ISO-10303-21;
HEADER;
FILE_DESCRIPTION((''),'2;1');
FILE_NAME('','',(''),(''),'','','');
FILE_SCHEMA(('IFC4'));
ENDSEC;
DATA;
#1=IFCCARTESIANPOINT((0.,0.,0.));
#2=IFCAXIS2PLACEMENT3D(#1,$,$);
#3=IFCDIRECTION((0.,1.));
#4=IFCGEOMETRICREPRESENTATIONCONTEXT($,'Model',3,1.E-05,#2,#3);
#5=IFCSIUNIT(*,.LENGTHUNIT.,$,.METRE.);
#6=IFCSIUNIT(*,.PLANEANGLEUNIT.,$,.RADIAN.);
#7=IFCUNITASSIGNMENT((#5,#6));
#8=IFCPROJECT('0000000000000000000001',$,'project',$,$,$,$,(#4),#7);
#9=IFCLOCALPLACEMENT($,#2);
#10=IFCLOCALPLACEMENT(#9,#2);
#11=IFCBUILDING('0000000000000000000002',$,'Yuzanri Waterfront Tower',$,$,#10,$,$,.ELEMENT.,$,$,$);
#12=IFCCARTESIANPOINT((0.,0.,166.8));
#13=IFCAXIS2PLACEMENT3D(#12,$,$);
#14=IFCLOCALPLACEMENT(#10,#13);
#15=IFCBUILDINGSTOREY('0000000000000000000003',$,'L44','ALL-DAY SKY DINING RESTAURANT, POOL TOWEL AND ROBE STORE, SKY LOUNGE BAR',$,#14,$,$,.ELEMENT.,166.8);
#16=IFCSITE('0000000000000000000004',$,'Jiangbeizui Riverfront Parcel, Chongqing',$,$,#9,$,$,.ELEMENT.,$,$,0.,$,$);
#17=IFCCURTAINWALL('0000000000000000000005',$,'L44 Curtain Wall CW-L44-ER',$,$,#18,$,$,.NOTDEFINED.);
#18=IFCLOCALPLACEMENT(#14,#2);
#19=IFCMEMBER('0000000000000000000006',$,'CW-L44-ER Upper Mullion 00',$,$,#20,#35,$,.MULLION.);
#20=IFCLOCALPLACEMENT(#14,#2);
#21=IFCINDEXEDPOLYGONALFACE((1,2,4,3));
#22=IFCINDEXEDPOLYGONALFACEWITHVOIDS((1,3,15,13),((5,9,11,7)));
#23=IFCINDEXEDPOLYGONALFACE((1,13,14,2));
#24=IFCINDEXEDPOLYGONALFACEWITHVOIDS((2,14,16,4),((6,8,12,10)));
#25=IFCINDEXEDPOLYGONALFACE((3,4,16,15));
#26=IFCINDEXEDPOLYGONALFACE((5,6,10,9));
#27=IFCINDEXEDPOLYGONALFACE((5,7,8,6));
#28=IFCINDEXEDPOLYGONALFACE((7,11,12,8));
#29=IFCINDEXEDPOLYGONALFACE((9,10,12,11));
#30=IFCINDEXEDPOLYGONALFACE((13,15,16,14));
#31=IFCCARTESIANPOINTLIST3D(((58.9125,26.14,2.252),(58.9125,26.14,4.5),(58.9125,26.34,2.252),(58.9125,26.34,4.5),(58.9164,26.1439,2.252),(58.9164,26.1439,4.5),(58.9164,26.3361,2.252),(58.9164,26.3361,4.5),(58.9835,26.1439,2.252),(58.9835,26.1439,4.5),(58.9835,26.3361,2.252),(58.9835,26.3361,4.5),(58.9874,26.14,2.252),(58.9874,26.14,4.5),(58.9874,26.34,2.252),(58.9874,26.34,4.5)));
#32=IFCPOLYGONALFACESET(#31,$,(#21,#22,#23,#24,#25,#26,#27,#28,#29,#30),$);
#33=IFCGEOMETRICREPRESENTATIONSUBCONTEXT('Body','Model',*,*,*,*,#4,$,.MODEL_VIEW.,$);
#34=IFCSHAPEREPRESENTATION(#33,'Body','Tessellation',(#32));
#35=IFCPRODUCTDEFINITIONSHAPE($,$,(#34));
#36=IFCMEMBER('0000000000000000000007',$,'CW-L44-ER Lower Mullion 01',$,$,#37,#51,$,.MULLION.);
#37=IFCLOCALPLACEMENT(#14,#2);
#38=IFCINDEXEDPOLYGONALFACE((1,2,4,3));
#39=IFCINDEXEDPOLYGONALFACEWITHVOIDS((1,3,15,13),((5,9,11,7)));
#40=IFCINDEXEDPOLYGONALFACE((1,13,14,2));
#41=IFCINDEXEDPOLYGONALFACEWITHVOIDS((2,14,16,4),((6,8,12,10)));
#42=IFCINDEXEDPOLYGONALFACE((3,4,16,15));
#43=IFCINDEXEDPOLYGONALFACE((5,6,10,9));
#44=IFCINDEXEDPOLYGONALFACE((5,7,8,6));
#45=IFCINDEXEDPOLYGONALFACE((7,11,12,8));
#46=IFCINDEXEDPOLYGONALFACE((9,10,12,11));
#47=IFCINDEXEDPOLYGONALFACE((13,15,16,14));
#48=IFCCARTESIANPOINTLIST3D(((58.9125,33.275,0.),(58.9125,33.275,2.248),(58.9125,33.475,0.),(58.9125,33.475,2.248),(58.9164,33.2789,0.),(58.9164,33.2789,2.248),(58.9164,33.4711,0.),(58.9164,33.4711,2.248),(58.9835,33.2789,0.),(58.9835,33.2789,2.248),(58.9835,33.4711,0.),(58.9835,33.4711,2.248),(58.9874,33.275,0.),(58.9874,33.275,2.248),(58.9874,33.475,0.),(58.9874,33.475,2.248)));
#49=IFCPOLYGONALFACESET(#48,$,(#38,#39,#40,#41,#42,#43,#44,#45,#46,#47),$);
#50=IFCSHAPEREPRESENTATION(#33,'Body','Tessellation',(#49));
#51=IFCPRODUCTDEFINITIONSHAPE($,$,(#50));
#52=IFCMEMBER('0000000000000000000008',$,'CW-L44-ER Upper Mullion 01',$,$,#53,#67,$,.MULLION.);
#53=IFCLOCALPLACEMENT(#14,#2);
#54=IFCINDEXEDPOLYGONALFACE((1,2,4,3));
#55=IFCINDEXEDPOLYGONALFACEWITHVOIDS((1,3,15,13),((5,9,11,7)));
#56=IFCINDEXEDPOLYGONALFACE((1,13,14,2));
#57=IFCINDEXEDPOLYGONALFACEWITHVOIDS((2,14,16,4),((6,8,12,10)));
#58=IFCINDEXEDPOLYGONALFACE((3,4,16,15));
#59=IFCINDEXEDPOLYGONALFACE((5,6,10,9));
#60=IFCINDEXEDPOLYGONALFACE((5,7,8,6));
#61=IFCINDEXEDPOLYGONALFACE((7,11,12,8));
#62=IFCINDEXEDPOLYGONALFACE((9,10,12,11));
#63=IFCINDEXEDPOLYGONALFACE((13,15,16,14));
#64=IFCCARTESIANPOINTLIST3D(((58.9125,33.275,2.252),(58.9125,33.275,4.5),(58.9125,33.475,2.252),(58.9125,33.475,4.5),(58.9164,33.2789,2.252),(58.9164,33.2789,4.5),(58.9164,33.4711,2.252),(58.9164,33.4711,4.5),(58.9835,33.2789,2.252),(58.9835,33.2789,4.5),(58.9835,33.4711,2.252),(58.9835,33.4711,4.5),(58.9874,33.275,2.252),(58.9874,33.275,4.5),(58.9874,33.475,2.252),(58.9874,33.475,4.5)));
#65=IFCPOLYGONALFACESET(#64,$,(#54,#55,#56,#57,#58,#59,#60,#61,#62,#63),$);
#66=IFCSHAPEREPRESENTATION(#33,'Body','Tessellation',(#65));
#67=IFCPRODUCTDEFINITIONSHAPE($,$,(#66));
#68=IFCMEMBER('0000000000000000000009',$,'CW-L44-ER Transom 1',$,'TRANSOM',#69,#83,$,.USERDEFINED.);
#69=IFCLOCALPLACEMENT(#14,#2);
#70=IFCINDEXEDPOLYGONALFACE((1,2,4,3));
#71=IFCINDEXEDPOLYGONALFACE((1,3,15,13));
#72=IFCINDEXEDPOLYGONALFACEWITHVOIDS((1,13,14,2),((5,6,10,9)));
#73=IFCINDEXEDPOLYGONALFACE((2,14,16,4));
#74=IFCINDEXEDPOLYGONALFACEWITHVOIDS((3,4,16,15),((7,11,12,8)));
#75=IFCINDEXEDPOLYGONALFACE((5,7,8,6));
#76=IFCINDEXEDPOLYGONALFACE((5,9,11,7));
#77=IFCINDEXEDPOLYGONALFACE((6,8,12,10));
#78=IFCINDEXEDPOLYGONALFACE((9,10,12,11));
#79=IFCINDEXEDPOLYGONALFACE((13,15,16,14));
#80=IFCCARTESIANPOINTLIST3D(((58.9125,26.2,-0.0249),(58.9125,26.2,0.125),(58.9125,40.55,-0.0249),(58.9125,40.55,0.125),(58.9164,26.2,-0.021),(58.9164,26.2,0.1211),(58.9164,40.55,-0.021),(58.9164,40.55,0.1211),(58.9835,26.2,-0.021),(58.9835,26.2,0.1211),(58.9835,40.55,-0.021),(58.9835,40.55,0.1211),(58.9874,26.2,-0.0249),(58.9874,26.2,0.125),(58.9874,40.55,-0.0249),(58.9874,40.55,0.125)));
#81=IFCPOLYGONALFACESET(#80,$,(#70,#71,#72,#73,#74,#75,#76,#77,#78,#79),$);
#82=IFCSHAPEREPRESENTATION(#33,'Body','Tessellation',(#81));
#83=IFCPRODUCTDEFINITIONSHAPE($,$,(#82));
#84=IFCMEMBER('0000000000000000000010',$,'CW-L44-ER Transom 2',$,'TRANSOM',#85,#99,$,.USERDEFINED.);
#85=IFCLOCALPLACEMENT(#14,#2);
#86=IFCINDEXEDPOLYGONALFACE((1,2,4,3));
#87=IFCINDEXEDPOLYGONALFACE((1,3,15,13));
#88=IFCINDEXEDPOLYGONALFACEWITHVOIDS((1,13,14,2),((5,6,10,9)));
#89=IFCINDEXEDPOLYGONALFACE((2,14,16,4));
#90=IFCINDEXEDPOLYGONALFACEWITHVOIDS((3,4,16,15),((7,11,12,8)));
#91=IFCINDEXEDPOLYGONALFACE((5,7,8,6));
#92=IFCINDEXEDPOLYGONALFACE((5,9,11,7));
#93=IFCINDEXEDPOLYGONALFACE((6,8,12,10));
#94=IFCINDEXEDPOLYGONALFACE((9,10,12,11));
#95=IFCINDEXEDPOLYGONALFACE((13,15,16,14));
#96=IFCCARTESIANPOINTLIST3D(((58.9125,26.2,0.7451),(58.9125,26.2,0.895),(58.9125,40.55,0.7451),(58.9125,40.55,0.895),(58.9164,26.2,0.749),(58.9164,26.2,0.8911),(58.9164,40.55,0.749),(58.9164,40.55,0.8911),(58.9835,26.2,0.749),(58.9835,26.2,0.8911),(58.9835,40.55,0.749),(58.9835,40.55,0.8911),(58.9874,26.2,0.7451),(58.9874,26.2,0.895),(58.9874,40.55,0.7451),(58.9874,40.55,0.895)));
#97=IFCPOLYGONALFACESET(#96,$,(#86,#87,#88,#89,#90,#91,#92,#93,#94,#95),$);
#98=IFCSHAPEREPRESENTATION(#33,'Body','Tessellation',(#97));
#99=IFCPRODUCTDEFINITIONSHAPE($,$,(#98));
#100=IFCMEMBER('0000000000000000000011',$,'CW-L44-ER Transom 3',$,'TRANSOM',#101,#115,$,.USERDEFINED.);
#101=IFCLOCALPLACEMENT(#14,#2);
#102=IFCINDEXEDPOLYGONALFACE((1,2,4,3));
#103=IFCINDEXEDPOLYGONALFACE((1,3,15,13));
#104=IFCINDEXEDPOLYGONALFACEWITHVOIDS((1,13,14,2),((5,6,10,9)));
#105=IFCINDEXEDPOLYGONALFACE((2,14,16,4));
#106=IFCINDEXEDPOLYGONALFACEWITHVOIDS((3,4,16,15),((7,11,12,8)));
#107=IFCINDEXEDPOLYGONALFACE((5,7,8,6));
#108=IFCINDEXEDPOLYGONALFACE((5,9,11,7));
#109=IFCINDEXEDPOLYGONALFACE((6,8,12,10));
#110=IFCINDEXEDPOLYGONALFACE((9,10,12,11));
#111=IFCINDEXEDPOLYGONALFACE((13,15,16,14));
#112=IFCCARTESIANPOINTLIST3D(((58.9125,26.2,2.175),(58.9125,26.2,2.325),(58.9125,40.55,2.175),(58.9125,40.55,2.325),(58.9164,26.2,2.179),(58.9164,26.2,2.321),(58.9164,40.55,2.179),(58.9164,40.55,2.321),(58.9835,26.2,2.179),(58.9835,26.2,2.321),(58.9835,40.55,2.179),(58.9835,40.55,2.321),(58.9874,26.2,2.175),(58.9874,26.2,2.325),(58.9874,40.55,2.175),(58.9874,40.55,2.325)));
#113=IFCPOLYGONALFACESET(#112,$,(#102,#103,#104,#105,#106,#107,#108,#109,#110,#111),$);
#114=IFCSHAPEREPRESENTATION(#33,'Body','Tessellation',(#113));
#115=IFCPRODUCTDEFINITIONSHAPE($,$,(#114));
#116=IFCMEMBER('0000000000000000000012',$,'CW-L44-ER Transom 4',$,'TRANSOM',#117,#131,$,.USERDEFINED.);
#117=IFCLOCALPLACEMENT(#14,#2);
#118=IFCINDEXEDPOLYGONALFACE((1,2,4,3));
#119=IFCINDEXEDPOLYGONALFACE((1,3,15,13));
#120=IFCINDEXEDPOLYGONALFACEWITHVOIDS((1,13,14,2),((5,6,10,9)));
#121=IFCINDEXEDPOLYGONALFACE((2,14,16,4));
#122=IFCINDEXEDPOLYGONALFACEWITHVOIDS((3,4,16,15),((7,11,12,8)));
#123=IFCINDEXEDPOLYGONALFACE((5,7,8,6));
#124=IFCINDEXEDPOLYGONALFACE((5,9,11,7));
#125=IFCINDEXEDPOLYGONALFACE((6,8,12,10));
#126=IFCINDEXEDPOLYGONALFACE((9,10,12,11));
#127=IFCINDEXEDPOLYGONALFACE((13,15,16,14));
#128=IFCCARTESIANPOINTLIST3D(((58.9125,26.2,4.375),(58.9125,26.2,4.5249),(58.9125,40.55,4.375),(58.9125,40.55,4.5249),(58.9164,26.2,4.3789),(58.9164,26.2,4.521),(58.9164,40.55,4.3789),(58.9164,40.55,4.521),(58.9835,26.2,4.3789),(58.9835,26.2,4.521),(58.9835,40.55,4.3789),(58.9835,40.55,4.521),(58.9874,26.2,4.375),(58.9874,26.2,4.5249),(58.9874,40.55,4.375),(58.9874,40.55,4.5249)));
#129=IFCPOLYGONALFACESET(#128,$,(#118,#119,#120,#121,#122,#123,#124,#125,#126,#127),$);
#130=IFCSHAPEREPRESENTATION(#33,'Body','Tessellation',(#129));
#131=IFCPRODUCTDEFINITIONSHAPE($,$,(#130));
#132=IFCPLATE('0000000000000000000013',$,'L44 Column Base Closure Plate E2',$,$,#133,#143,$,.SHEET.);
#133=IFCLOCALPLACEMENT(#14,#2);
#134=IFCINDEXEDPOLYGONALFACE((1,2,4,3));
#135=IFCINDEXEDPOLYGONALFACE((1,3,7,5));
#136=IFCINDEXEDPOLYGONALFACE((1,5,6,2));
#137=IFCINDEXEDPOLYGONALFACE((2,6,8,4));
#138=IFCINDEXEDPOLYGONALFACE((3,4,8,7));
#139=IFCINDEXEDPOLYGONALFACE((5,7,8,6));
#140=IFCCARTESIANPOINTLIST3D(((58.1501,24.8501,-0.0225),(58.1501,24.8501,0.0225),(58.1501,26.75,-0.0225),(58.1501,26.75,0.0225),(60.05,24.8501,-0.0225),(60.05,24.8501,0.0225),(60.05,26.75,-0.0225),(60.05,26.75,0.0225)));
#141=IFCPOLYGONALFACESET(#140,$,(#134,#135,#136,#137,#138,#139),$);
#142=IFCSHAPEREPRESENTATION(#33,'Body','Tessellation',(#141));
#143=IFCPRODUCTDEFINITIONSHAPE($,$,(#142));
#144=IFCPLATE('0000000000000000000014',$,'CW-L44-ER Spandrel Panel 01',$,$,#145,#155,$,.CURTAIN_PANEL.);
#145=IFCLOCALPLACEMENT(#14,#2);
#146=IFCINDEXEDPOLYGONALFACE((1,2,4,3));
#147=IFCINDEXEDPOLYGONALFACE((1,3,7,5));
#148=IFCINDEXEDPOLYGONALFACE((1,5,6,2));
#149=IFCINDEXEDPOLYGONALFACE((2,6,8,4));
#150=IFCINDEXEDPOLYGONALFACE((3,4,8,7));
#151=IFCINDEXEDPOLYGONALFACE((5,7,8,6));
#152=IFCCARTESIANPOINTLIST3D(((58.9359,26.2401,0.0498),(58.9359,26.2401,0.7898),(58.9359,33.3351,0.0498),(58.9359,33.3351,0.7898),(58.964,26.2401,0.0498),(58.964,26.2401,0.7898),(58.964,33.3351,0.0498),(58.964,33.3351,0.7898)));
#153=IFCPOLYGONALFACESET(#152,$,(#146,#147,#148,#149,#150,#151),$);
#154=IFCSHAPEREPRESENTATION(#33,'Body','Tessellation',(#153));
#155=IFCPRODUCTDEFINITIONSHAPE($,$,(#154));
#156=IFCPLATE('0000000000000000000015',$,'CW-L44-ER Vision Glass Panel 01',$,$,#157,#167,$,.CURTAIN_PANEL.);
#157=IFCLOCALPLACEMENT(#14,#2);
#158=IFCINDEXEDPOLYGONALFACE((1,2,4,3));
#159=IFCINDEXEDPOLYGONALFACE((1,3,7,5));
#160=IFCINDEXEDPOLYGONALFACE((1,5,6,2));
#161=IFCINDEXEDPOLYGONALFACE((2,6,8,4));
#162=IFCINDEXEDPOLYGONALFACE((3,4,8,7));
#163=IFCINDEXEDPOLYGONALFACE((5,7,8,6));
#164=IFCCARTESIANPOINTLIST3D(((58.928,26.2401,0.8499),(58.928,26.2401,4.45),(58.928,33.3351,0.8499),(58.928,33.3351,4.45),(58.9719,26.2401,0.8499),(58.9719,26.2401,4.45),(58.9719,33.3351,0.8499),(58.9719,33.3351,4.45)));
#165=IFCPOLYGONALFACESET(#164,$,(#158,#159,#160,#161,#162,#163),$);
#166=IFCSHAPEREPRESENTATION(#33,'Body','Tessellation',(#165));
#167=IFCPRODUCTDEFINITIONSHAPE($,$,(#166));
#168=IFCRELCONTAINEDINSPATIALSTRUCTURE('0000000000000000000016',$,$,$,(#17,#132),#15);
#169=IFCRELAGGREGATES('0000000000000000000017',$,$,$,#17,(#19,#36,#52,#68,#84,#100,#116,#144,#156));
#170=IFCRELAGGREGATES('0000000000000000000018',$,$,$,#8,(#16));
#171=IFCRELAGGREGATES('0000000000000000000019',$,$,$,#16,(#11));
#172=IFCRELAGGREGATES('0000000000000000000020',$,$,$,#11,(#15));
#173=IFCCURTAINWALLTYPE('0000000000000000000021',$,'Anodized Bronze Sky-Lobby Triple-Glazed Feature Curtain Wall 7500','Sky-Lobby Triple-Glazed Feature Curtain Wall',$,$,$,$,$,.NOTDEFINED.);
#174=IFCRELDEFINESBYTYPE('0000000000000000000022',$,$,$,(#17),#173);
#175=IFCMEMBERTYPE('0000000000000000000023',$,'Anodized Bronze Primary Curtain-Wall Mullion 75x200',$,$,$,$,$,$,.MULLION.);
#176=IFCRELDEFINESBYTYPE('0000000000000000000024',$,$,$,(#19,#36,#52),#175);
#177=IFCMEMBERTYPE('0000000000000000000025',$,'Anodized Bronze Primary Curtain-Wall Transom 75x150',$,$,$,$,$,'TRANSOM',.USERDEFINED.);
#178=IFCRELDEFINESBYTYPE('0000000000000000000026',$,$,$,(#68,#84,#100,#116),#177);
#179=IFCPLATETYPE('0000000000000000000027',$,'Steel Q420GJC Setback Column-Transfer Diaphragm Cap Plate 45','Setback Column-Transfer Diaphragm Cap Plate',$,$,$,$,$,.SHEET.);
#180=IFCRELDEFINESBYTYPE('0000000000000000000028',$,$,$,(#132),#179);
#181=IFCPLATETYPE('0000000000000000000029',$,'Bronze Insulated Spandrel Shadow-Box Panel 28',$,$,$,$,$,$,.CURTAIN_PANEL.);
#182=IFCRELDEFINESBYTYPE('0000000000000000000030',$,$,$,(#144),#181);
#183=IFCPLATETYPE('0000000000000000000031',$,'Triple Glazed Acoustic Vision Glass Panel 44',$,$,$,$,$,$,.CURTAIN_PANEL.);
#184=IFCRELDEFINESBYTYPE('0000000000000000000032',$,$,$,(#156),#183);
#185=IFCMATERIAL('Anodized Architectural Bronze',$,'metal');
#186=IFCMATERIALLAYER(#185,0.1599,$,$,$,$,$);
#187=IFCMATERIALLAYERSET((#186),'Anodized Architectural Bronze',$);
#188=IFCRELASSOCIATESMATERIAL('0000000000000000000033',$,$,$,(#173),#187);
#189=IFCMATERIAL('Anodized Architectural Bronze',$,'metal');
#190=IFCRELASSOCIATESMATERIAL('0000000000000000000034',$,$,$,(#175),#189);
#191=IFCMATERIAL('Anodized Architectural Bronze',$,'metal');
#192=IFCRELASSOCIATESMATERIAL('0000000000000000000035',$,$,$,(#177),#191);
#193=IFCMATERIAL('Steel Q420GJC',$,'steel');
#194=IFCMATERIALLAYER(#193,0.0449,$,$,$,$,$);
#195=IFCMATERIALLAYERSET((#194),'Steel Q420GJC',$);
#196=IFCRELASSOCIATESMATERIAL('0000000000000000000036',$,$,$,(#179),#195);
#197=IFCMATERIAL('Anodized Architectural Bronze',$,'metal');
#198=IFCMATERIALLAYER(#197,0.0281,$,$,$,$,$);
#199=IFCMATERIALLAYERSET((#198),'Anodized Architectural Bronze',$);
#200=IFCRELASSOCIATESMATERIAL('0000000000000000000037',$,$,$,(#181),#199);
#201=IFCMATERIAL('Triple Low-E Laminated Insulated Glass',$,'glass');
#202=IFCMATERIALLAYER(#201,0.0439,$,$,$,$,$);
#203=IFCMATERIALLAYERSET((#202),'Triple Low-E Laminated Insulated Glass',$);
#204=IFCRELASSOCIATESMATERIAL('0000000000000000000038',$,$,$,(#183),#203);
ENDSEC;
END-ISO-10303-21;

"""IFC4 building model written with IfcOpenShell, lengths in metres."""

from ifc_helpers import new_model, si_unit, direction, frame, origin, origin_2d, place, context, subcontext, project, spatial, rectangle, hollow_rectangle, extrude, source, transform, mapped, material, layer, layer_set, material_profile, profile_set, type_object, element, aggregate, save


model = new_model("IFC4")

# Units and contexts
model_context = context("Model", 3, precision=1e-05, world=origin(), true_north=direction((0.0, 1.0)))
body_context = subcontext(model_context, "Body", "Model", "MODEL_VIEW")
ifc_project = project(units=[si_unit("LENGTHUNIT", "METRE"), si_unit("PLANEANGLEUNIT", "RADIAN")], contexts=[model_context])

# Site, building, storey
site_placement = place(None, origin())
site = spatial("IfcSite", under=ifc_project, at=site_placement, Name="Jiangbeizui Riverfront Parcel, Chongqing", CompositionType="ELEMENT", RefElevation=0.0)
building_placement = place(site_placement, origin())
building = spatial("IfcBuilding", under=site, at=building_placement, Name="Yuzanri Waterfront Tower", CompositionType="ELEMENT")
storey_placement = place(building_placement, frame((0.0, 0.0, 166.8)))
storey = spatial("IfcBuildingStorey", under=building, at=storey_placement, Name="L44", Description="ALL-DAY SKY DINING RESTAURANT, POOL TOWEL AND ROBE STORE, SKY LOUNGE BAR", CompositionType="ELEMENT", Elevation=166.8)

# Curtain wall, members
ifc_material_1 = material(Name="Anodized Architectural Bronze", Category="metal")
ifc_layer_1 = layer(ifc_material_1, 0.1599)
ifc_layer_set_1 = layer_set([ifc_layer_1], Name="Anodized Architectural Bronze")
curtain_wall_type = type_object("IfcCurtainWallType", Name="Anodized Bronze Sky-Lobby Triple-Glazed Feature Curtain Wall 7500", Description="Sky-Lobby Triple-Glazed Feature Curtain Wall", PredefinedType="NOTDEFINED", material=ifc_layer_set_1)
curtain_wall_placement = place(storey_placement, origin())
curtain_wall = element("IfcCurtainWall", 1, at=curtain_wall_placement, inside=storey, type_object=curtain_wall_type, Name="L44 Curtain Wall CW-L44-ER", PredefinedType="NOTDEFINED")
ifc_material_2 = material(Name="Anodized Architectural Bronze", Category="metal")
ifc_material_profile_1 = material_profile(ifc_material_2, hollow_rectangle(XDim=0.075, YDim=0.2, WallThickness=0.0039, at=origin_2d()), Name="CWM 75x200")
ifc_profile_set_1 = profile_set([ifc_material_profile_1], Name="Anodized Architectural Bronze")
member_type_1 = type_object("IfcMemberType", Name="Anodized Bronze Primary Curtain-Wall Mullion 75x200", PredefinedType="MULLION", material=ifc_profile_set_1)
shared_shape_1 = source(origin(), body_context, "Body", "SweptSolid", [
    extrude(hollow_rectangle(XDim=0.075, YDim=0.2, WallThickness=0.0039, at=origin_2d()), origin(), (0.0, 0.0, 1.0), 2.248),
])
member_1_placement = place(storey_placement, frame((58.95, 26.24, 2.252), z_axis=(0.0, 0.0, 1.0), x_axis=(1.0, 0.0, 0.0)))
member_1 = element("IfcMember", 2, at=member_1_placement, type_object=member_type_1, Name="CW-L44-ER Upper Mullion 00", PredefinedType="MULLION", context=body_context, shape_type="MappedRepresentation", body=[
    mapped(shared_shape_1, transform((0.0, 0.0, 0.0), scale=1.0)),
])
member_2_placement = place(storey_placement, frame((58.95, 33.375, 0.0), z_axis=(0.0, 0.0, 1.0), x_axis=(1.0, 0.0, 0.0)))
member_2 = element("IfcMember", 3, at=member_2_placement, type_object=member_type_1, Name="CW-L44-ER Lower Mullion 01", PredefinedType="MULLION", context=body_context, shape_type="MappedRepresentation", body=[
    mapped(shared_shape_1, transform((0.0, 0.0, 0.0), scale=1.0)),
])
member_3_placement = place(storey_placement, frame((58.95, 33.375, 2.252), z_axis=(0.0, 0.0, 1.0), x_axis=(1.0, 0.0, 0.0)))
member_3 = element("IfcMember", 4, at=member_3_placement, type_object=member_type_1, Name="CW-L44-ER Upper Mullion 01", PredefinedType="MULLION", context=body_context, shape_type="MappedRepresentation", body=[
    mapped(shared_shape_1, transform((0.0, 0.0, 0.0), scale=1.0)),
])
ifc_material_3 = material(Name="Anodized Architectural Bronze", Category="metal")
ifc_material_profile_2 = material_profile(ifc_material_3, hollow_rectangle(XDim=0.075, YDim=0.1499, WallThickness=0.0039, at=origin_2d()), Name="CWT 75x150")
ifc_profile_set_2 = profile_set([ifc_material_profile_2], Name="Anodized Architectural Bronze")
member_type_2 = type_object("IfcMemberType", Name="Anodized Bronze Primary Curtain-Wall Transom 75x150", ElementType="TRANSOM", PredefinedType="USERDEFINED", material=ifc_profile_set_2)
shared_shape_2 = source(origin(), body_context, "Body", "SweptSolid", [
    extrude(hollow_rectangle(XDim=0.075, YDim=0.1499, WallThickness=0.0039, at=origin_2d()), origin(), (0.0, 0.0, 1.0), 14.3501),
])
member_4_placement = place(storey_placement, frame((58.95, 26.2, 0.05), z_axis=(0.0, 1.0, 0.0), x_axis=(-1.0, 0.0, 0.0)))
member_4 = element("IfcMember", 5, at=member_4_placement, type_object=member_type_2, Name="CW-L44-ER Transom 1", ObjectType="TRANSOM", PredefinedType="USERDEFINED", context=body_context, shape_type="MappedRepresentation", body=[
    mapped(shared_shape_2, transform((0.0, 0.0, 0.0), scale=1.0)),
])
member_5_placement = place(storey_placement, frame((58.95, 26.2, 0.8201), z_axis=(0.0, 1.0, 0.0), x_axis=(-1.0, 0.0, 0.0)))
member_5 = element("IfcMember", 6, at=member_5_placement, type_object=member_type_2, Name="CW-L44-ER Transom 2", ObjectType="TRANSOM", PredefinedType="USERDEFINED", context=body_context, shape_type="MappedRepresentation", body=[
    mapped(shared_shape_2, transform((0.0, 0.0, 0.0), scale=1.0)),
])
member_6_placement = place(storey_placement, frame((58.95, 26.2, 2.25), z_axis=(0.0, 1.0, 0.0), x_axis=(-1.0, 0.0, 0.0)))
member_6 = element("IfcMember", 7, at=member_6_placement, type_object=member_type_2, Name="CW-L44-ER Transom 3", ObjectType="TRANSOM", PredefinedType="USERDEFINED", context=body_context, shape_type="MappedRepresentation", body=[
    mapped(shared_shape_2, transform((0.0, 0.0, 0.0), scale=1.0)),
])
member_7_placement = place(storey_placement, frame((58.95, 26.2, 4.45), z_axis=(0.0, 1.0, 0.0), x_axis=(-1.0, 0.0, 0.0)))
member_7 = element("IfcMember", 8, at=member_7_placement, type_object=member_type_2, Name="CW-L44-ER Transom 4", ObjectType="TRANSOM", PredefinedType="USERDEFINED", context=body_context, shape_type="MappedRepresentation", body=[
    mapped(shared_shape_2, transform((0.0, 0.0, 0.0), scale=1.0)),
])

# Plates
ifc_material_4 = material(Name="Steel Q420GJC", Category="steel")
ifc_layer_2 = layer(ifc_material_4, 0.0449)
ifc_layer_set_2 = layer_set([ifc_layer_2], Name="Steel Q420GJC")
plate_type_1 = type_object("IfcPlateType", Name="Steel Q420GJC Setback Column-Transfer Diaphragm Cap Plate 45", Description="Setback Column-Transfer Diaphragm Cap Plate", PredefinedType="SHEET", material=ifc_layer_set_2)
shared_shape_3 = source(origin(), body_context, "Body", "SweptSolid", [
    extrude(rectangle(XDim=1.8999, YDim=1.8999, at=origin_2d()), origin(), (0.0, 0.0, 1.0), 0.0449),
])
plate_1_placement = place(storey_placement, frame((59.1001, 25.8, -0.0225), z_axis=(0.0, 0.0, 1.0), x_axis=(1.0, 0.0, 0.0)))
element("IfcPlate", 9, at=plate_1_placement, inside=storey, type_object=plate_type_1, Name="L44 Column Base Closure Plate E2", PredefinedType="SHEET", context=body_context, shape_type="MappedRepresentation", body=[
    mapped(shared_shape_3, transform((0.0, 0.0, 0.0), scale=1.0)),
])
ifc_material_5 = material(Name="Anodized Architectural Bronze", Category="metal")
ifc_layer_3 = layer(ifc_material_5, 0.0281)
ifc_layer_set_3 = layer_set([ifc_layer_3], Name="Anodized Architectural Bronze")
plate_type_2 = type_object("IfcPlateType", Name="Bronze Insulated Spandrel Shadow-Box Panel 28", PredefinedType="CURTAIN_PANEL", material=ifc_layer_set_3)
shared_shape_4 = source(origin(), body_context, "Body", "SweptSolid", [
    extrude(rectangle(XDim=7.095, YDim=0.0281, at=origin_2d()), origin(), (0.0, 0.0, 1.0), 0.74),
])
plate_2_placement = place(storey_placement, frame((58.95, 29.7876, 0.0498), z_axis=(0.0, 0.0, 1.0), x_axis=(0.0, 1.0, 0.0)))
plate_2 = element("IfcPlate", 10, at=plate_2_placement, type_object=plate_type_2, Name="CW-L44-ER Spandrel Panel 01", PredefinedType="CURTAIN_PANEL", context=body_context, shape_type="MappedRepresentation", body=[
    mapped(shared_shape_4, transform((0.0, 0.0, 0.0), scale=1.0)),
])
ifc_material_6 = material(Name="Triple Low-E Laminated Insulated Glass", Category="glass")
ifc_layer_4 = layer(ifc_material_6, 0.0439)
ifc_layer_set_4 = layer_set([ifc_layer_4], Name="Triple Low-E Laminated Insulated Glass")
plate_type_3 = type_object("IfcPlateType", Name="Triple Glazed Acoustic Vision Glass Panel 44", PredefinedType="CURTAIN_PANEL", material=ifc_layer_set_4)
shared_shape_5 = source(origin(), body_context, "Body", "SweptSolid", [
    extrude(rectangle(XDim=7.095, YDim=0.0439, at=origin_2d()), origin(), (0.0, 0.0, 1.0), 3.6001),
])
plate_3_placement = place(storey_placement, frame((58.95, 29.7876, 0.8499), z_axis=(0.0, 0.0, 1.0), x_axis=(0.0, 1.0, 0.0)))
plate_3 = element("IfcPlate", 11, at=plate_3_placement, type_object=plate_type_3, Name="CW-L44-ER Vision Glass Panel 01", PredefinedType="CURTAIN_PANEL", context=body_context, shape_type="MappedRepresentation", body=[
    mapped(shared_shape_5, transform((0.0, 0.0, 0.0), scale=1.0)),
])
aggregate(curtain_wall, [member_1, member_2, member_3, member_4, member_5, member_6, member_7, plate_2, plate_3])

save(model, "model.ifc")
